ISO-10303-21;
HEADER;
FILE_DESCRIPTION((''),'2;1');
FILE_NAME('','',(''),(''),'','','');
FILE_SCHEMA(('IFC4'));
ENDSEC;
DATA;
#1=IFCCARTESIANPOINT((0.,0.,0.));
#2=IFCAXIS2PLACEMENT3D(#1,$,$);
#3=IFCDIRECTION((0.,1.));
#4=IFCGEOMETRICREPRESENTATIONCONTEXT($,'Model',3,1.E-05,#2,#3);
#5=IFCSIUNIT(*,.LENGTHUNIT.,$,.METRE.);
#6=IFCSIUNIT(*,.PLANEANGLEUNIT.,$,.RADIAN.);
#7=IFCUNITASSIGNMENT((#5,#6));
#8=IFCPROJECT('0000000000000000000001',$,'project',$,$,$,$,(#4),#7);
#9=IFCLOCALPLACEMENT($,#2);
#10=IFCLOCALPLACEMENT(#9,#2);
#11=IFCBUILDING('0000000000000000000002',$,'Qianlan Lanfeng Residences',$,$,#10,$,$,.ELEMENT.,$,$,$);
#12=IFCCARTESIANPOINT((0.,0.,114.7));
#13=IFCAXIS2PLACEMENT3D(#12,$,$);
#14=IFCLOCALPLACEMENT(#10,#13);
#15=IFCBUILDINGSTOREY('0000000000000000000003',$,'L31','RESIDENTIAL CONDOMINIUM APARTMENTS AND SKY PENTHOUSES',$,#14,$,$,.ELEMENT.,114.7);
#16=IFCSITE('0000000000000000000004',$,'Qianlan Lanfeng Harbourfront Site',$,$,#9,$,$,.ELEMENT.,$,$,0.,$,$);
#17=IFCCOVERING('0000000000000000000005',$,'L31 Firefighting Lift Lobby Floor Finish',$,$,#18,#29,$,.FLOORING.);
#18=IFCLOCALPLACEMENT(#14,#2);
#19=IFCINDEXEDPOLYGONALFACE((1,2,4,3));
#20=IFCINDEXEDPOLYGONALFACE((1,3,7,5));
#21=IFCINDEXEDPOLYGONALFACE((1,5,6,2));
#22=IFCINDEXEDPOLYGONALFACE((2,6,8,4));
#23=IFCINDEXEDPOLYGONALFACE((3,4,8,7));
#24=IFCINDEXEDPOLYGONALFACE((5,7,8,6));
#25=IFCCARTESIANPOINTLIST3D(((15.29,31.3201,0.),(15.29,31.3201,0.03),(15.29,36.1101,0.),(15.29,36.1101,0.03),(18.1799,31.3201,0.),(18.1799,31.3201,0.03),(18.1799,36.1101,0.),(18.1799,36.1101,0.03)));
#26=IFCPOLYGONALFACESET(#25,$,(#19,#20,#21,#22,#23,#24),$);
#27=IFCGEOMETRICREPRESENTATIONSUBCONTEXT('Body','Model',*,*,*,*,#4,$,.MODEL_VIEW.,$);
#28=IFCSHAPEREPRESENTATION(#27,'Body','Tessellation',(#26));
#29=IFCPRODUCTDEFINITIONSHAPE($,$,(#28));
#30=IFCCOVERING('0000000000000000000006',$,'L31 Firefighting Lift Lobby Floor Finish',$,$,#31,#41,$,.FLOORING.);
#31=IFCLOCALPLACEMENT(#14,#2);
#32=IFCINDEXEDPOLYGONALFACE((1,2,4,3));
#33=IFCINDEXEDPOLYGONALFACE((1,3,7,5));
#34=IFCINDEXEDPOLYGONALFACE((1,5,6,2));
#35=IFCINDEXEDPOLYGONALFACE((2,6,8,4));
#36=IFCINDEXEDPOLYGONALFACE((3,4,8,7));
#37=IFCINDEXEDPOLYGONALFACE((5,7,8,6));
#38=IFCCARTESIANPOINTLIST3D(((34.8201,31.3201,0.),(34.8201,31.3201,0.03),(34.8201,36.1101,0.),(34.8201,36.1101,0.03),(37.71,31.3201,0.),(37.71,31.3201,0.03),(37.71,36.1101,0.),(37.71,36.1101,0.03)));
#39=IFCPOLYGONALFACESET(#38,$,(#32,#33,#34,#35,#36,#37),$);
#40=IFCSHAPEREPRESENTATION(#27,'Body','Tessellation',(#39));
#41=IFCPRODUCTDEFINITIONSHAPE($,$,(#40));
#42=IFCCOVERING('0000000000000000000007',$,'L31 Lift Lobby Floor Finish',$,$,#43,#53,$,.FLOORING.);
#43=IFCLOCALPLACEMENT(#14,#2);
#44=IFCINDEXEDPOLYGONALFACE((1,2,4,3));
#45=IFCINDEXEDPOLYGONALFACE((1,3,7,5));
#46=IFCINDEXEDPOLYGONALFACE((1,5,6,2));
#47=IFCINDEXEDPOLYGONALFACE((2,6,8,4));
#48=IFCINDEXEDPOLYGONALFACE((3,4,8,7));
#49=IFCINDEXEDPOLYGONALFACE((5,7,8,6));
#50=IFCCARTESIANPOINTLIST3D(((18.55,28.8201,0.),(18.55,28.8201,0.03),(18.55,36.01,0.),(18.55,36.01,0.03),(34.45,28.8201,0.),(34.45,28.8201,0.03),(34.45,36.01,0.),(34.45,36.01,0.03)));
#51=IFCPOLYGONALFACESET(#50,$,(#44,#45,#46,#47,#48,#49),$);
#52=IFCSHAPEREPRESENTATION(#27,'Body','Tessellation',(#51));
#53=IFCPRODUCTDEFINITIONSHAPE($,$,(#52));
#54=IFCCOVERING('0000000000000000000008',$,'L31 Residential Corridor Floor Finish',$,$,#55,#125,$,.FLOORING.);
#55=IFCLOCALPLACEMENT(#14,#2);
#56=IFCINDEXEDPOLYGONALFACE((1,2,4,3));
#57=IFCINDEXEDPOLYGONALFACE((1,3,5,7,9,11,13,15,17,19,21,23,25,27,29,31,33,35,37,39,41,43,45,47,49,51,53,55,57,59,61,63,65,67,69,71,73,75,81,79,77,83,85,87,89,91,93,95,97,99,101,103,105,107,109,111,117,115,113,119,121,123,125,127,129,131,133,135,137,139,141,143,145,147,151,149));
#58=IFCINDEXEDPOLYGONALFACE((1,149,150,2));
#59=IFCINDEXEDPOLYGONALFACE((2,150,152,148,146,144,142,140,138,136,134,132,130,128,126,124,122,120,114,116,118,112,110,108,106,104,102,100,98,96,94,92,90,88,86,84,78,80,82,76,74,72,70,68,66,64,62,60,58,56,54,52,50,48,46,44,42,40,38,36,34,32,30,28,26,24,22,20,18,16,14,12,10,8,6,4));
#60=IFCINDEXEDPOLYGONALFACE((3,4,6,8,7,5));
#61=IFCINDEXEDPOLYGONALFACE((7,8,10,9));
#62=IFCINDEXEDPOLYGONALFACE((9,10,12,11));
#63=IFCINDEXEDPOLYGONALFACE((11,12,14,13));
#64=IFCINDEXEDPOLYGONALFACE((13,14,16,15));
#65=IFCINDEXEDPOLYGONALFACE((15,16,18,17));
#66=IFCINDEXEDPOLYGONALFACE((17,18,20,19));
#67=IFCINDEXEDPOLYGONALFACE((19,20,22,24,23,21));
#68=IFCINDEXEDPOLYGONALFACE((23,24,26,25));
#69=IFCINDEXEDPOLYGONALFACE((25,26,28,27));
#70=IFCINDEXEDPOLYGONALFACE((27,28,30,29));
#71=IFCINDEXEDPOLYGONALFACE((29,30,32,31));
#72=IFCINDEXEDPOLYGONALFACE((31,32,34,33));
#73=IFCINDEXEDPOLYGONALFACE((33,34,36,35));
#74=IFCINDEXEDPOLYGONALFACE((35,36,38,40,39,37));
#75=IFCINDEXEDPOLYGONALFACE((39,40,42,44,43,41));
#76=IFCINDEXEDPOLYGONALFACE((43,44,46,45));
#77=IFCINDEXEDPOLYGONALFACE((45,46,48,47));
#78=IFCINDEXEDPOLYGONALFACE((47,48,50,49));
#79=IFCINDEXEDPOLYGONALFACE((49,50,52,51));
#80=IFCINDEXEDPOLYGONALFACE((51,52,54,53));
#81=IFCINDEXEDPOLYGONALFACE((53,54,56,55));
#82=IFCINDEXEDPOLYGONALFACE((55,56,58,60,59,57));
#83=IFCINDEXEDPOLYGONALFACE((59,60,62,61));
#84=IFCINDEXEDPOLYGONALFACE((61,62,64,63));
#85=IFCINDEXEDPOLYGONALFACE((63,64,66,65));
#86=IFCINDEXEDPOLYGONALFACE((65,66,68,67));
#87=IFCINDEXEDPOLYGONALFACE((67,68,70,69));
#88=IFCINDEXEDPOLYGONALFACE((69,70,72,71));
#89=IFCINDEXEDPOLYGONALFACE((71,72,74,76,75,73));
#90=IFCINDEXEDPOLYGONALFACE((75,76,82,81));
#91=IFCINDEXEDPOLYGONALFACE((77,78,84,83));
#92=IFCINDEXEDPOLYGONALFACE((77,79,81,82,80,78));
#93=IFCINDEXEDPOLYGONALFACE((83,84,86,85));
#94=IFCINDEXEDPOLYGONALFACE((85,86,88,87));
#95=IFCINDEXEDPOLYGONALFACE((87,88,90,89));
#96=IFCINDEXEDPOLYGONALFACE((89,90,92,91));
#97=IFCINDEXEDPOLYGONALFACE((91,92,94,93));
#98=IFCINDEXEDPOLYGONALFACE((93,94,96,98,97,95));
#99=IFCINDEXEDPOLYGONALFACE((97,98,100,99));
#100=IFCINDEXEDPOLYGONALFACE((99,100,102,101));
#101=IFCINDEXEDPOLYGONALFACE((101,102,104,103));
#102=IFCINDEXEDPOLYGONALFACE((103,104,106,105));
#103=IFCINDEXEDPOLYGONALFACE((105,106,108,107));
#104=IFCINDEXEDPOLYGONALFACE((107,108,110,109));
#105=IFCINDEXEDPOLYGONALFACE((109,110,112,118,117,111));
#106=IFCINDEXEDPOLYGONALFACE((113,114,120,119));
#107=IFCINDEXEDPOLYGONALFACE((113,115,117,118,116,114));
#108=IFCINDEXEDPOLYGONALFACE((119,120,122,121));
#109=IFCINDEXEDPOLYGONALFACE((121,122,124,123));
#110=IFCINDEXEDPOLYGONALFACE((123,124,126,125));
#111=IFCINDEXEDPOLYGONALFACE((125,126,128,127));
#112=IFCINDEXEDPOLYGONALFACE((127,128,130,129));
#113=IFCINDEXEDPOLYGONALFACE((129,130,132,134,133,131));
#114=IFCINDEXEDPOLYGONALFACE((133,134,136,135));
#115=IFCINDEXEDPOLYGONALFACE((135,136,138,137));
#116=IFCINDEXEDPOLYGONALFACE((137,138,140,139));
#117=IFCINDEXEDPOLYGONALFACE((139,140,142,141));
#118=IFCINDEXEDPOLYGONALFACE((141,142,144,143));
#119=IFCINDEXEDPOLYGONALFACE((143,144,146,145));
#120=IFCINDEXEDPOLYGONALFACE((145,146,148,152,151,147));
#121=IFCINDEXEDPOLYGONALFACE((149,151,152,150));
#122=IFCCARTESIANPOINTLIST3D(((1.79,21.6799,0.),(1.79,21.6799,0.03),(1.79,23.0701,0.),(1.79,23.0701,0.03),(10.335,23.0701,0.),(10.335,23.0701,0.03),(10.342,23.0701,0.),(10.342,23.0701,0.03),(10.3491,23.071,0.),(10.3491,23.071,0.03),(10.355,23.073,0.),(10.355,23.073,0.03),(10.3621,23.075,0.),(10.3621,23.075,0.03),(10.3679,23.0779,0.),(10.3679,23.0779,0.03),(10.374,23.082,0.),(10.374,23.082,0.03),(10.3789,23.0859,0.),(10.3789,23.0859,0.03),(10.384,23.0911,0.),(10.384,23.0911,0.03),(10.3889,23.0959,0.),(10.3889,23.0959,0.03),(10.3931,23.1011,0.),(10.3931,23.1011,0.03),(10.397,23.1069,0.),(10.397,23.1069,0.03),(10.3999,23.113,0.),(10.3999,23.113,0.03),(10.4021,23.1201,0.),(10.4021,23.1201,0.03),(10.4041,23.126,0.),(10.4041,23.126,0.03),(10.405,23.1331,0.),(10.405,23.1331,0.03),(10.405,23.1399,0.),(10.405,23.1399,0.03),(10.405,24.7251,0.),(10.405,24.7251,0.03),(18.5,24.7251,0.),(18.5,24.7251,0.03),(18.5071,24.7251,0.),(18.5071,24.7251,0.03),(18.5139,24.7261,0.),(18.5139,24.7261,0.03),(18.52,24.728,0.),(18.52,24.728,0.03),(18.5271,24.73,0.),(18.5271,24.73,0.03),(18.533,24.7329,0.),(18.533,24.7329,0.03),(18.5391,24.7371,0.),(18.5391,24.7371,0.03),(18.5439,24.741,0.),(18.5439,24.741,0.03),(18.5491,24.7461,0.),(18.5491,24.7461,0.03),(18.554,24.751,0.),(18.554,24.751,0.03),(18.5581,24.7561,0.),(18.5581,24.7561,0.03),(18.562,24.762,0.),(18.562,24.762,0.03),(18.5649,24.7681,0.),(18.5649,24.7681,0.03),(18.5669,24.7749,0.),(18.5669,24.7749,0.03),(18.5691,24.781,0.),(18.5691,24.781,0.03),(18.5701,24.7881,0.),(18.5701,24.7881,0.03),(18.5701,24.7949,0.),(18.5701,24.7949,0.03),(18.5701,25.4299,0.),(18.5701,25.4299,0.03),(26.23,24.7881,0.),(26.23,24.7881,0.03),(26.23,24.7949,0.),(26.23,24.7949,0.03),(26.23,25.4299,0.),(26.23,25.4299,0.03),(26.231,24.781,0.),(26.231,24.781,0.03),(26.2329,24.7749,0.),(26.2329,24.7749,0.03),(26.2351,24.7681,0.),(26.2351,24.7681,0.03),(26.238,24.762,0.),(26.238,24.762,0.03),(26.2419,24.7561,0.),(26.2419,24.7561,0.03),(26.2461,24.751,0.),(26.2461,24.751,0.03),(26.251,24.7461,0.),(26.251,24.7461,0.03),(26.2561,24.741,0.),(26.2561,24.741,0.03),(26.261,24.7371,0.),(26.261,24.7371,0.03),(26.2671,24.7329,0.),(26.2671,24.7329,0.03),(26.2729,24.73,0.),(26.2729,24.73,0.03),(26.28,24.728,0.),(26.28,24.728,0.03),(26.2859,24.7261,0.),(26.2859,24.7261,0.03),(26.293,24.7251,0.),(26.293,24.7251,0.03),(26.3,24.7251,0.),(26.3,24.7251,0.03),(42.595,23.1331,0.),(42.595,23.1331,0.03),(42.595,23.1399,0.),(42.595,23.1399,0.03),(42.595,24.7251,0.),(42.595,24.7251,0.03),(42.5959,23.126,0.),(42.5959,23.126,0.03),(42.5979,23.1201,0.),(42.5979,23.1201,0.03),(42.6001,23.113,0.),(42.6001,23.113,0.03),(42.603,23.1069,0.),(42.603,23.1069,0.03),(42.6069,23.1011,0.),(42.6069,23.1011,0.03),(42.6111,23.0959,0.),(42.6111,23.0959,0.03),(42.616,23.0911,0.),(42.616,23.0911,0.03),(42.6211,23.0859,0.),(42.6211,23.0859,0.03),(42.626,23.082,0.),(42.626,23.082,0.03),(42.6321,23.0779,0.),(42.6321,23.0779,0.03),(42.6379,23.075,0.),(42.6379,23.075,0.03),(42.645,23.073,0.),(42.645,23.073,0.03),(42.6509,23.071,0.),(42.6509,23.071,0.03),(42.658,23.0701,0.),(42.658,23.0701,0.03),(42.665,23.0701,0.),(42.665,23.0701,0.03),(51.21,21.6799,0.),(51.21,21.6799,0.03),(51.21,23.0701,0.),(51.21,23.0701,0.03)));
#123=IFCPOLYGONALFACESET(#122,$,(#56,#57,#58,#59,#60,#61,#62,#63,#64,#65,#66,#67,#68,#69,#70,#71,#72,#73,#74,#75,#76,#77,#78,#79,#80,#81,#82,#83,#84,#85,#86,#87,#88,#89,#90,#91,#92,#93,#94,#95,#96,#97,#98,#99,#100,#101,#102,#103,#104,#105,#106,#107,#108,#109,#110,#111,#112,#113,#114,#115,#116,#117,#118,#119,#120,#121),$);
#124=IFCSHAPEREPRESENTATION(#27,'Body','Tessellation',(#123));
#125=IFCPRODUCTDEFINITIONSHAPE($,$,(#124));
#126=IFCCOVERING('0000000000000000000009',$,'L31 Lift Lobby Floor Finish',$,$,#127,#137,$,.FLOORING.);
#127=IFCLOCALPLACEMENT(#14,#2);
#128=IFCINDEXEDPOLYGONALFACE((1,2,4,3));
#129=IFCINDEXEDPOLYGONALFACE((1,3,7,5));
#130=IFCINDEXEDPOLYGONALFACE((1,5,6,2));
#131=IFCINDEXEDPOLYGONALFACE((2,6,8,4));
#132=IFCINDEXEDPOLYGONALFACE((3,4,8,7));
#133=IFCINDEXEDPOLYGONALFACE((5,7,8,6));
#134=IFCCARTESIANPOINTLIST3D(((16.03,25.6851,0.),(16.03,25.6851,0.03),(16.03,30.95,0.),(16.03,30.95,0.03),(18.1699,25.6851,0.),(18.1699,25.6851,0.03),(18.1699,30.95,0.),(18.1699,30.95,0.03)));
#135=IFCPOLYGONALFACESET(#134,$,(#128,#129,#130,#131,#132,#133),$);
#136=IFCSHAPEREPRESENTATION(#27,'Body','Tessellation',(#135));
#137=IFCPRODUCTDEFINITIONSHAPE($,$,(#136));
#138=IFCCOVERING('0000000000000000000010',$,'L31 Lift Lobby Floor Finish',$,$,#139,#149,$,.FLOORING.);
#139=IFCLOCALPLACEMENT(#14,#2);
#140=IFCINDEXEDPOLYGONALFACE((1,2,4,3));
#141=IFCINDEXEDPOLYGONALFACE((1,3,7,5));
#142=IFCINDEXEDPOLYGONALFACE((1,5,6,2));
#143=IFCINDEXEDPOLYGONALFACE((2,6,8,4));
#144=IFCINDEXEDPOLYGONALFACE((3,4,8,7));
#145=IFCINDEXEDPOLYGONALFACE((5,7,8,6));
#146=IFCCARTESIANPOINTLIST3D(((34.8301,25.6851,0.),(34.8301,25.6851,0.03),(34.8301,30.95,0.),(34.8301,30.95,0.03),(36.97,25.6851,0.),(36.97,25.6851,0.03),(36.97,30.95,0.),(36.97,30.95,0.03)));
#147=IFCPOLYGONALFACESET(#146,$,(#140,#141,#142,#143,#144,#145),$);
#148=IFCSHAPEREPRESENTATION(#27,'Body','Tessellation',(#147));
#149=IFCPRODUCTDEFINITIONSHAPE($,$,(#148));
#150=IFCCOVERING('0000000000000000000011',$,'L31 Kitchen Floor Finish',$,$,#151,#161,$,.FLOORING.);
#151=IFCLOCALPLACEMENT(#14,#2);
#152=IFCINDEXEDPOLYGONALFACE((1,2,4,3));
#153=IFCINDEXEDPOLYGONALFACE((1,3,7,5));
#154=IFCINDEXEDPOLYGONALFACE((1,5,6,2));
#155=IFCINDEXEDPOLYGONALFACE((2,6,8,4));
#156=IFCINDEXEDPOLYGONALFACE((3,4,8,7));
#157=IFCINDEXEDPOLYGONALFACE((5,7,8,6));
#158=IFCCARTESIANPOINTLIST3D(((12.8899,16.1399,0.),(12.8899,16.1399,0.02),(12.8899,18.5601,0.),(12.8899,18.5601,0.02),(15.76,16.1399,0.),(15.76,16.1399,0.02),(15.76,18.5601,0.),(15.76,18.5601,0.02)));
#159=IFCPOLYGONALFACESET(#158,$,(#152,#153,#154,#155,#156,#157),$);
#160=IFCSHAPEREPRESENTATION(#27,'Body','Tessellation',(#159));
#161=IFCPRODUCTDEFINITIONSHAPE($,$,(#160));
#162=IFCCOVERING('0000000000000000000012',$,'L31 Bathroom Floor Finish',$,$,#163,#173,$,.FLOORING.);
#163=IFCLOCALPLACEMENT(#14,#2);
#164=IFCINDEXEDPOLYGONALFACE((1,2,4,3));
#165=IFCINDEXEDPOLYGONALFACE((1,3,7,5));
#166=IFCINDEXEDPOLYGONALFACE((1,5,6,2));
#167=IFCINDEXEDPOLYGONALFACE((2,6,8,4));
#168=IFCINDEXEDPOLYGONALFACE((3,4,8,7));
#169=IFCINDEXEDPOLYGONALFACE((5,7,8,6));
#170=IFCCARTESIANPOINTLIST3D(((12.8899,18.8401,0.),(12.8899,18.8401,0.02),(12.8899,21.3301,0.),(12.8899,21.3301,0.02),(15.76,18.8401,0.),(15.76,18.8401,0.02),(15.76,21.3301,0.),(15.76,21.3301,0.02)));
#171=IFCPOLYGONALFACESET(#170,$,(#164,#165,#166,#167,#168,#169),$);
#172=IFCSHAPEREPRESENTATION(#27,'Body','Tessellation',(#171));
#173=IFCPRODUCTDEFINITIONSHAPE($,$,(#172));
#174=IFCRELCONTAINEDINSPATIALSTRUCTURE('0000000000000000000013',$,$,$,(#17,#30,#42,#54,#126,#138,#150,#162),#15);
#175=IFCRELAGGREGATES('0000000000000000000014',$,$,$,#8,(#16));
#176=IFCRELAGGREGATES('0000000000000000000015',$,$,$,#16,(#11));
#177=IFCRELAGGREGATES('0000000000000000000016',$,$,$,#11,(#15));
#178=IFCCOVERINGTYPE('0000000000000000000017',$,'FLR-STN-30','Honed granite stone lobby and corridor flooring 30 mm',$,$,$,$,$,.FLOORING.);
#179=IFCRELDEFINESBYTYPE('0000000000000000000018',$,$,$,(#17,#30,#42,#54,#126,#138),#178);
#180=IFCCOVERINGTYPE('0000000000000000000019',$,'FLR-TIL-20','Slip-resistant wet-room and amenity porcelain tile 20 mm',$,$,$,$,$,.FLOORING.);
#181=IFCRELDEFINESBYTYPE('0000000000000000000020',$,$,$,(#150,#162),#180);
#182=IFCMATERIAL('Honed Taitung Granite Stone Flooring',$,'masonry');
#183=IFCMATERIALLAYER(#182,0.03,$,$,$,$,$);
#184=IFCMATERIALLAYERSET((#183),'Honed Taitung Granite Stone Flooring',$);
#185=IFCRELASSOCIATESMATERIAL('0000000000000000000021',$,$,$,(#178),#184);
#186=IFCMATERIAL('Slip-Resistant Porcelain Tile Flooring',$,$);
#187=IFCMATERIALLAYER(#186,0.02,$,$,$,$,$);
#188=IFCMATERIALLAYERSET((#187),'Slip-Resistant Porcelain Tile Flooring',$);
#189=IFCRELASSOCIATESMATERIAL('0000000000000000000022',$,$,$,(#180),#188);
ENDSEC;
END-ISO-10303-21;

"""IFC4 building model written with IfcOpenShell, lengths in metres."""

from ifc_helpers import new_model, si_unit, direction, frame, origin, place, context, subcontext, project, spatial, polyline, outline, extrude, material, layer, layer_set, type_object, element, save


model = new_model("IFC4")

# Units and contexts
model_context = context("Model", 3, precision=1e-05, world=origin(), true_north=direction((0.0, 1.0)))
body_context = subcontext(model_context, "Body", "Model", "MODEL_VIEW")
ifc_project = project(units=[si_unit("LENGTHUNIT", "METRE"), si_unit("PLANEANGLEUNIT", "RADIAN")], contexts=[model_context])

# Site, building, storey
site_placement = place(None, origin())
site = spatial("IfcSite", under=ifc_project, at=site_placement, Name="Qianlan Lanfeng Harbourfront Site", CompositionType="ELEMENT", RefElevation=0.0)
building_placement = place(site_placement, origin())
building = spatial("IfcBuilding", under=site, at=building_placement, Name="Qianlan Lanfeng Residences", CompositionType="ELEMENT")
storey_placement = place(building_placement, frame((0.0, 0.0, 114.7)))
storey = spatial("IfcBuildingStorey", under=building, at=storey_placement, Name="L31", Description="RESIDENTIAL CONDOMINIUM APARTMENTS AND SKY PENTHOUSES", CompositionType="ELEMENT", Elevation=114.7)

# Coverings
ifc_material_1 = material(Name="Honed Taitung Granite Stone Flooring", Category="masonry")
ifc_layer_1 = layer(ifc_material_1, 0.03)
ifc_layer_set_1 = layer_set([ifc_layer_1], Name="Honed Taitung Granite Stone Flooring")
covering_type_1 = type_object("IfcCoveringType", Name="FLR-STN-30", Description="Honed granite stone lobby and corridor flooring 30 mm", PredefinedType="FLOORING", material=ifc_layer_set_1)
covering_1_placement = place(storey_placement, origin())
element("IfcCovering", 1, at=covering_1_placement, inside=storey, type_object=covering_type_1, Name="L31 Firefighting Lift Lobby Floor Finish", PredefinedType="FLOORING", context=body_context, shape_type="SweptSolid", body=[
    extrude(outline(polyline([(15.29, 31.3201), (18.1799, 31.3201), (18.1799, 36.1101), (15.29, 36.1101), (15.29, 31.3201)])), origin(), (0.0, 0.0, 1.0), 0.03),
])
covering_2_placement = place(storey_placement, origin())
element("IfcCovering", 2, at=covering_2_placement, inside=storey, type_object=covering_type_1, Name="L31 Firefighting Lift Lobby Floor Finish", PredefinedType="FLOORING", context=body_context, shape_type="SweptSolid", body=[
    extrude(outline(polyline([(34.8201, 31.3201), (37.71, 31.3201), (37.71, 36.1101), (34.8201, 36.1101), (34.8201, 31.3201)])), origin(), (0.0, 0.0, 1.0), 0.03),
])
covering_3_placement = place(storey_placement, origin())
element("IfcCovering", 3, at=covering_3_placement, inside=storey, type_object=covering_type_1, Name="L31 Lift Lobby Floor Finish", PredefinedType="FLOORING", context=body_context, shape_type="SweptSolid", body=[
    extrude(outline(polyline([(18.55, 28.8201), (34.45, 28.8201), (34.45, 36.01), (18.55, 36.01), (18.55, 28.8201)])), origin(), (0.0, 0.0, 1.0), 0.03),
])
covering_4_placement = place(storey_placement, origin())
element("IfcCovering", 4, at=covering_4_placement, inside=storey, type_object=covering_type_1, Name="L31 Residential Corridor Floor Finish", PredefinedType="FLOORING", context=body_context, shape_type="SweptSolid", body=[
    extrude(outline(polyline([(1.79, 21.6799), (51.21, 21.6799), (51.21, 23.0701), (42.665, 23.0701), (42.658, 23.0701), (42.6509, 23.071), (42.645, 23.073), (42.6379, 23.075), (42.6321, 23.0779), (42.626, 23.082), (42.6211, 23.0859), (42.616, 23.0911), (42.6111, 23.0959), (42.6069, 23.1011), (42.603, 23.1069), (42.6001, 23.113), (42.5979, 23.1201), (42.5959, 23.126), (42.595, 23.1331), (42.595, 23.1399), (42.595, 24.7251), (26.3, 24.7251), (26.293, 24.7251), (26.2859, 24.7261), (26.28, 24.728), (26.2729, 24.73), (26.2671, 24.7329), (26.261, 24.7371), (26.2561, 24.741), (26.251, 24.7461), (26.2461, 24.751), (26.2419, 24.7561), (26.238, 24.762), (26.2351, 24.7681), (26.2329, 24.7749), (26.231, 24.781), (26.23, 24.7881), (26.23, 24.7949), (26.23, 25.4299), (18.5701, 25.4299), (18.5701, 24.7949), (18.5701, 24.7881), (18.5691, 24.781), (18.5669, 24.7749), (18.5649, 24.7681), (18.562, 24.762), (18.5581, 24.7561), (18.554, 24.751), (18.5491, 24.7461), (18.5439, 24.741), (18.5391, 24.7371), (18.533, 24.7329), (18.5271, 24.73), (18.52, 24.728), (18.5139, 24.7261), (18.5071, 24.7251), (18.5, 24.7251), (10.405, 24.7251), (10.405, 23.1399), (10.405, 23.1331), (10.4041, 23.126), (10.4021, 23.1201), (10.3999, 23.113), (10.397, 23.1069), (10.3931, 23.1011), (10.3889, 23.0959), (10.384, 23.0911), (10.3789, 23.0859), (10.374, 23.082), (10.3679, 23.0779), (10.3621, 23.075), (10.355, 23.073), (10.3491, 23.071), (10.342, 23.0701), (10.335, 23.0701), (1.79, 23.0701), (1.79, 21.6799)])), origin(), (0.0, 0.0, 1.0), 0.03),
])
covering_5_placement = place(storey_placement, origin())
element("IfcCovering", 5, at=covering_5_placement, inside=storey, type_object=covering_type_1, Name="L31 Lift Lobby Floor Finish", PredefinedType="FLOORING", context=body_context, shape_type="SweptSolid", body=[
    extrude(outline(polyline([(16.03, 25.6851), (18.1699, 25.6851), (18.1699, 30.95), (16.03, 30.95), (16.03, 25.6851)])), origin(), (0.0, 0.0, 1.0), 0.03),
])
covering_6_placement = place(storey_placement, origin())
element("IfcCovering", 6, at=covering_6_placement, inside=storey, type_object=covering_type_1, Name="L31 Lift Lobby Floor Finish", PredefinedType="FLOORING", context=body_context, shape_type="SweptSolid", body=[
    extrude(outline(polyline([(34.8301, 25.6851), (36.97, 25.6851), (36.97, 30.95), (34.8301, 30.95), (34.8301, 25.6851)])), origin(), (0.0, 0.0, 1.0), 0.03),
])
ifc_material_2 = material(Name="Slip-Resistant Porcelain Tile Flooring")
ifc_layer_2 = layer(ifc_material_2, 0.02)
ifc_layer_set_2 = layer_set([ifc_layer_2], Name="Slip-Resistant Porcelain Tile Flooring")
covering_type_2 = type_object("IfcCoveringType", Name="FLR-TIL-20", Description="Slip-resistant wet-room and amenity porcelain tile 20 mm", PredefinedType="FLOORING", material=ifc_layer_set_2)
covering_7_placement = place(storey_placement, origin())
element("IfcCovering", 7, at=covering_7_placement, inside=storey, type_object=covering_type_2, Name="L31 Kitchen Floor Finish", PredefinedType="FLOORING", context=body_context, shape_type="SweptSolid", body=[
    extrude(outline(polyline([(12.8899, 16.1399), (15.76, 16.1399), (15.76, 18.5601), (12.8899, 18.5601), (12.8899, 16.1399)])), origin(), (0.0, 0.0, 1.0), 0.02),
])
covering_8_placement = place(storey_placement, origin())
element("IfcCovering", 8, at=covering_8_placement, inside=storey, type_object=covering_type_2, Name="L31 Bathroom Floor Finish", PredefinedType="FLOORING", context=body_context, shape_type="SweptSolid", body=[
    extrude(outline(polyline([(12.8899, 18.8401), (15.76, 18.8401), (15.76, 21.3301), (12.8899, 21.3301), (12.8899, 18.8401)])), origin(), (0.0, 0.0, 1.0), 0.02),
])

save(model, "model.ifc")
